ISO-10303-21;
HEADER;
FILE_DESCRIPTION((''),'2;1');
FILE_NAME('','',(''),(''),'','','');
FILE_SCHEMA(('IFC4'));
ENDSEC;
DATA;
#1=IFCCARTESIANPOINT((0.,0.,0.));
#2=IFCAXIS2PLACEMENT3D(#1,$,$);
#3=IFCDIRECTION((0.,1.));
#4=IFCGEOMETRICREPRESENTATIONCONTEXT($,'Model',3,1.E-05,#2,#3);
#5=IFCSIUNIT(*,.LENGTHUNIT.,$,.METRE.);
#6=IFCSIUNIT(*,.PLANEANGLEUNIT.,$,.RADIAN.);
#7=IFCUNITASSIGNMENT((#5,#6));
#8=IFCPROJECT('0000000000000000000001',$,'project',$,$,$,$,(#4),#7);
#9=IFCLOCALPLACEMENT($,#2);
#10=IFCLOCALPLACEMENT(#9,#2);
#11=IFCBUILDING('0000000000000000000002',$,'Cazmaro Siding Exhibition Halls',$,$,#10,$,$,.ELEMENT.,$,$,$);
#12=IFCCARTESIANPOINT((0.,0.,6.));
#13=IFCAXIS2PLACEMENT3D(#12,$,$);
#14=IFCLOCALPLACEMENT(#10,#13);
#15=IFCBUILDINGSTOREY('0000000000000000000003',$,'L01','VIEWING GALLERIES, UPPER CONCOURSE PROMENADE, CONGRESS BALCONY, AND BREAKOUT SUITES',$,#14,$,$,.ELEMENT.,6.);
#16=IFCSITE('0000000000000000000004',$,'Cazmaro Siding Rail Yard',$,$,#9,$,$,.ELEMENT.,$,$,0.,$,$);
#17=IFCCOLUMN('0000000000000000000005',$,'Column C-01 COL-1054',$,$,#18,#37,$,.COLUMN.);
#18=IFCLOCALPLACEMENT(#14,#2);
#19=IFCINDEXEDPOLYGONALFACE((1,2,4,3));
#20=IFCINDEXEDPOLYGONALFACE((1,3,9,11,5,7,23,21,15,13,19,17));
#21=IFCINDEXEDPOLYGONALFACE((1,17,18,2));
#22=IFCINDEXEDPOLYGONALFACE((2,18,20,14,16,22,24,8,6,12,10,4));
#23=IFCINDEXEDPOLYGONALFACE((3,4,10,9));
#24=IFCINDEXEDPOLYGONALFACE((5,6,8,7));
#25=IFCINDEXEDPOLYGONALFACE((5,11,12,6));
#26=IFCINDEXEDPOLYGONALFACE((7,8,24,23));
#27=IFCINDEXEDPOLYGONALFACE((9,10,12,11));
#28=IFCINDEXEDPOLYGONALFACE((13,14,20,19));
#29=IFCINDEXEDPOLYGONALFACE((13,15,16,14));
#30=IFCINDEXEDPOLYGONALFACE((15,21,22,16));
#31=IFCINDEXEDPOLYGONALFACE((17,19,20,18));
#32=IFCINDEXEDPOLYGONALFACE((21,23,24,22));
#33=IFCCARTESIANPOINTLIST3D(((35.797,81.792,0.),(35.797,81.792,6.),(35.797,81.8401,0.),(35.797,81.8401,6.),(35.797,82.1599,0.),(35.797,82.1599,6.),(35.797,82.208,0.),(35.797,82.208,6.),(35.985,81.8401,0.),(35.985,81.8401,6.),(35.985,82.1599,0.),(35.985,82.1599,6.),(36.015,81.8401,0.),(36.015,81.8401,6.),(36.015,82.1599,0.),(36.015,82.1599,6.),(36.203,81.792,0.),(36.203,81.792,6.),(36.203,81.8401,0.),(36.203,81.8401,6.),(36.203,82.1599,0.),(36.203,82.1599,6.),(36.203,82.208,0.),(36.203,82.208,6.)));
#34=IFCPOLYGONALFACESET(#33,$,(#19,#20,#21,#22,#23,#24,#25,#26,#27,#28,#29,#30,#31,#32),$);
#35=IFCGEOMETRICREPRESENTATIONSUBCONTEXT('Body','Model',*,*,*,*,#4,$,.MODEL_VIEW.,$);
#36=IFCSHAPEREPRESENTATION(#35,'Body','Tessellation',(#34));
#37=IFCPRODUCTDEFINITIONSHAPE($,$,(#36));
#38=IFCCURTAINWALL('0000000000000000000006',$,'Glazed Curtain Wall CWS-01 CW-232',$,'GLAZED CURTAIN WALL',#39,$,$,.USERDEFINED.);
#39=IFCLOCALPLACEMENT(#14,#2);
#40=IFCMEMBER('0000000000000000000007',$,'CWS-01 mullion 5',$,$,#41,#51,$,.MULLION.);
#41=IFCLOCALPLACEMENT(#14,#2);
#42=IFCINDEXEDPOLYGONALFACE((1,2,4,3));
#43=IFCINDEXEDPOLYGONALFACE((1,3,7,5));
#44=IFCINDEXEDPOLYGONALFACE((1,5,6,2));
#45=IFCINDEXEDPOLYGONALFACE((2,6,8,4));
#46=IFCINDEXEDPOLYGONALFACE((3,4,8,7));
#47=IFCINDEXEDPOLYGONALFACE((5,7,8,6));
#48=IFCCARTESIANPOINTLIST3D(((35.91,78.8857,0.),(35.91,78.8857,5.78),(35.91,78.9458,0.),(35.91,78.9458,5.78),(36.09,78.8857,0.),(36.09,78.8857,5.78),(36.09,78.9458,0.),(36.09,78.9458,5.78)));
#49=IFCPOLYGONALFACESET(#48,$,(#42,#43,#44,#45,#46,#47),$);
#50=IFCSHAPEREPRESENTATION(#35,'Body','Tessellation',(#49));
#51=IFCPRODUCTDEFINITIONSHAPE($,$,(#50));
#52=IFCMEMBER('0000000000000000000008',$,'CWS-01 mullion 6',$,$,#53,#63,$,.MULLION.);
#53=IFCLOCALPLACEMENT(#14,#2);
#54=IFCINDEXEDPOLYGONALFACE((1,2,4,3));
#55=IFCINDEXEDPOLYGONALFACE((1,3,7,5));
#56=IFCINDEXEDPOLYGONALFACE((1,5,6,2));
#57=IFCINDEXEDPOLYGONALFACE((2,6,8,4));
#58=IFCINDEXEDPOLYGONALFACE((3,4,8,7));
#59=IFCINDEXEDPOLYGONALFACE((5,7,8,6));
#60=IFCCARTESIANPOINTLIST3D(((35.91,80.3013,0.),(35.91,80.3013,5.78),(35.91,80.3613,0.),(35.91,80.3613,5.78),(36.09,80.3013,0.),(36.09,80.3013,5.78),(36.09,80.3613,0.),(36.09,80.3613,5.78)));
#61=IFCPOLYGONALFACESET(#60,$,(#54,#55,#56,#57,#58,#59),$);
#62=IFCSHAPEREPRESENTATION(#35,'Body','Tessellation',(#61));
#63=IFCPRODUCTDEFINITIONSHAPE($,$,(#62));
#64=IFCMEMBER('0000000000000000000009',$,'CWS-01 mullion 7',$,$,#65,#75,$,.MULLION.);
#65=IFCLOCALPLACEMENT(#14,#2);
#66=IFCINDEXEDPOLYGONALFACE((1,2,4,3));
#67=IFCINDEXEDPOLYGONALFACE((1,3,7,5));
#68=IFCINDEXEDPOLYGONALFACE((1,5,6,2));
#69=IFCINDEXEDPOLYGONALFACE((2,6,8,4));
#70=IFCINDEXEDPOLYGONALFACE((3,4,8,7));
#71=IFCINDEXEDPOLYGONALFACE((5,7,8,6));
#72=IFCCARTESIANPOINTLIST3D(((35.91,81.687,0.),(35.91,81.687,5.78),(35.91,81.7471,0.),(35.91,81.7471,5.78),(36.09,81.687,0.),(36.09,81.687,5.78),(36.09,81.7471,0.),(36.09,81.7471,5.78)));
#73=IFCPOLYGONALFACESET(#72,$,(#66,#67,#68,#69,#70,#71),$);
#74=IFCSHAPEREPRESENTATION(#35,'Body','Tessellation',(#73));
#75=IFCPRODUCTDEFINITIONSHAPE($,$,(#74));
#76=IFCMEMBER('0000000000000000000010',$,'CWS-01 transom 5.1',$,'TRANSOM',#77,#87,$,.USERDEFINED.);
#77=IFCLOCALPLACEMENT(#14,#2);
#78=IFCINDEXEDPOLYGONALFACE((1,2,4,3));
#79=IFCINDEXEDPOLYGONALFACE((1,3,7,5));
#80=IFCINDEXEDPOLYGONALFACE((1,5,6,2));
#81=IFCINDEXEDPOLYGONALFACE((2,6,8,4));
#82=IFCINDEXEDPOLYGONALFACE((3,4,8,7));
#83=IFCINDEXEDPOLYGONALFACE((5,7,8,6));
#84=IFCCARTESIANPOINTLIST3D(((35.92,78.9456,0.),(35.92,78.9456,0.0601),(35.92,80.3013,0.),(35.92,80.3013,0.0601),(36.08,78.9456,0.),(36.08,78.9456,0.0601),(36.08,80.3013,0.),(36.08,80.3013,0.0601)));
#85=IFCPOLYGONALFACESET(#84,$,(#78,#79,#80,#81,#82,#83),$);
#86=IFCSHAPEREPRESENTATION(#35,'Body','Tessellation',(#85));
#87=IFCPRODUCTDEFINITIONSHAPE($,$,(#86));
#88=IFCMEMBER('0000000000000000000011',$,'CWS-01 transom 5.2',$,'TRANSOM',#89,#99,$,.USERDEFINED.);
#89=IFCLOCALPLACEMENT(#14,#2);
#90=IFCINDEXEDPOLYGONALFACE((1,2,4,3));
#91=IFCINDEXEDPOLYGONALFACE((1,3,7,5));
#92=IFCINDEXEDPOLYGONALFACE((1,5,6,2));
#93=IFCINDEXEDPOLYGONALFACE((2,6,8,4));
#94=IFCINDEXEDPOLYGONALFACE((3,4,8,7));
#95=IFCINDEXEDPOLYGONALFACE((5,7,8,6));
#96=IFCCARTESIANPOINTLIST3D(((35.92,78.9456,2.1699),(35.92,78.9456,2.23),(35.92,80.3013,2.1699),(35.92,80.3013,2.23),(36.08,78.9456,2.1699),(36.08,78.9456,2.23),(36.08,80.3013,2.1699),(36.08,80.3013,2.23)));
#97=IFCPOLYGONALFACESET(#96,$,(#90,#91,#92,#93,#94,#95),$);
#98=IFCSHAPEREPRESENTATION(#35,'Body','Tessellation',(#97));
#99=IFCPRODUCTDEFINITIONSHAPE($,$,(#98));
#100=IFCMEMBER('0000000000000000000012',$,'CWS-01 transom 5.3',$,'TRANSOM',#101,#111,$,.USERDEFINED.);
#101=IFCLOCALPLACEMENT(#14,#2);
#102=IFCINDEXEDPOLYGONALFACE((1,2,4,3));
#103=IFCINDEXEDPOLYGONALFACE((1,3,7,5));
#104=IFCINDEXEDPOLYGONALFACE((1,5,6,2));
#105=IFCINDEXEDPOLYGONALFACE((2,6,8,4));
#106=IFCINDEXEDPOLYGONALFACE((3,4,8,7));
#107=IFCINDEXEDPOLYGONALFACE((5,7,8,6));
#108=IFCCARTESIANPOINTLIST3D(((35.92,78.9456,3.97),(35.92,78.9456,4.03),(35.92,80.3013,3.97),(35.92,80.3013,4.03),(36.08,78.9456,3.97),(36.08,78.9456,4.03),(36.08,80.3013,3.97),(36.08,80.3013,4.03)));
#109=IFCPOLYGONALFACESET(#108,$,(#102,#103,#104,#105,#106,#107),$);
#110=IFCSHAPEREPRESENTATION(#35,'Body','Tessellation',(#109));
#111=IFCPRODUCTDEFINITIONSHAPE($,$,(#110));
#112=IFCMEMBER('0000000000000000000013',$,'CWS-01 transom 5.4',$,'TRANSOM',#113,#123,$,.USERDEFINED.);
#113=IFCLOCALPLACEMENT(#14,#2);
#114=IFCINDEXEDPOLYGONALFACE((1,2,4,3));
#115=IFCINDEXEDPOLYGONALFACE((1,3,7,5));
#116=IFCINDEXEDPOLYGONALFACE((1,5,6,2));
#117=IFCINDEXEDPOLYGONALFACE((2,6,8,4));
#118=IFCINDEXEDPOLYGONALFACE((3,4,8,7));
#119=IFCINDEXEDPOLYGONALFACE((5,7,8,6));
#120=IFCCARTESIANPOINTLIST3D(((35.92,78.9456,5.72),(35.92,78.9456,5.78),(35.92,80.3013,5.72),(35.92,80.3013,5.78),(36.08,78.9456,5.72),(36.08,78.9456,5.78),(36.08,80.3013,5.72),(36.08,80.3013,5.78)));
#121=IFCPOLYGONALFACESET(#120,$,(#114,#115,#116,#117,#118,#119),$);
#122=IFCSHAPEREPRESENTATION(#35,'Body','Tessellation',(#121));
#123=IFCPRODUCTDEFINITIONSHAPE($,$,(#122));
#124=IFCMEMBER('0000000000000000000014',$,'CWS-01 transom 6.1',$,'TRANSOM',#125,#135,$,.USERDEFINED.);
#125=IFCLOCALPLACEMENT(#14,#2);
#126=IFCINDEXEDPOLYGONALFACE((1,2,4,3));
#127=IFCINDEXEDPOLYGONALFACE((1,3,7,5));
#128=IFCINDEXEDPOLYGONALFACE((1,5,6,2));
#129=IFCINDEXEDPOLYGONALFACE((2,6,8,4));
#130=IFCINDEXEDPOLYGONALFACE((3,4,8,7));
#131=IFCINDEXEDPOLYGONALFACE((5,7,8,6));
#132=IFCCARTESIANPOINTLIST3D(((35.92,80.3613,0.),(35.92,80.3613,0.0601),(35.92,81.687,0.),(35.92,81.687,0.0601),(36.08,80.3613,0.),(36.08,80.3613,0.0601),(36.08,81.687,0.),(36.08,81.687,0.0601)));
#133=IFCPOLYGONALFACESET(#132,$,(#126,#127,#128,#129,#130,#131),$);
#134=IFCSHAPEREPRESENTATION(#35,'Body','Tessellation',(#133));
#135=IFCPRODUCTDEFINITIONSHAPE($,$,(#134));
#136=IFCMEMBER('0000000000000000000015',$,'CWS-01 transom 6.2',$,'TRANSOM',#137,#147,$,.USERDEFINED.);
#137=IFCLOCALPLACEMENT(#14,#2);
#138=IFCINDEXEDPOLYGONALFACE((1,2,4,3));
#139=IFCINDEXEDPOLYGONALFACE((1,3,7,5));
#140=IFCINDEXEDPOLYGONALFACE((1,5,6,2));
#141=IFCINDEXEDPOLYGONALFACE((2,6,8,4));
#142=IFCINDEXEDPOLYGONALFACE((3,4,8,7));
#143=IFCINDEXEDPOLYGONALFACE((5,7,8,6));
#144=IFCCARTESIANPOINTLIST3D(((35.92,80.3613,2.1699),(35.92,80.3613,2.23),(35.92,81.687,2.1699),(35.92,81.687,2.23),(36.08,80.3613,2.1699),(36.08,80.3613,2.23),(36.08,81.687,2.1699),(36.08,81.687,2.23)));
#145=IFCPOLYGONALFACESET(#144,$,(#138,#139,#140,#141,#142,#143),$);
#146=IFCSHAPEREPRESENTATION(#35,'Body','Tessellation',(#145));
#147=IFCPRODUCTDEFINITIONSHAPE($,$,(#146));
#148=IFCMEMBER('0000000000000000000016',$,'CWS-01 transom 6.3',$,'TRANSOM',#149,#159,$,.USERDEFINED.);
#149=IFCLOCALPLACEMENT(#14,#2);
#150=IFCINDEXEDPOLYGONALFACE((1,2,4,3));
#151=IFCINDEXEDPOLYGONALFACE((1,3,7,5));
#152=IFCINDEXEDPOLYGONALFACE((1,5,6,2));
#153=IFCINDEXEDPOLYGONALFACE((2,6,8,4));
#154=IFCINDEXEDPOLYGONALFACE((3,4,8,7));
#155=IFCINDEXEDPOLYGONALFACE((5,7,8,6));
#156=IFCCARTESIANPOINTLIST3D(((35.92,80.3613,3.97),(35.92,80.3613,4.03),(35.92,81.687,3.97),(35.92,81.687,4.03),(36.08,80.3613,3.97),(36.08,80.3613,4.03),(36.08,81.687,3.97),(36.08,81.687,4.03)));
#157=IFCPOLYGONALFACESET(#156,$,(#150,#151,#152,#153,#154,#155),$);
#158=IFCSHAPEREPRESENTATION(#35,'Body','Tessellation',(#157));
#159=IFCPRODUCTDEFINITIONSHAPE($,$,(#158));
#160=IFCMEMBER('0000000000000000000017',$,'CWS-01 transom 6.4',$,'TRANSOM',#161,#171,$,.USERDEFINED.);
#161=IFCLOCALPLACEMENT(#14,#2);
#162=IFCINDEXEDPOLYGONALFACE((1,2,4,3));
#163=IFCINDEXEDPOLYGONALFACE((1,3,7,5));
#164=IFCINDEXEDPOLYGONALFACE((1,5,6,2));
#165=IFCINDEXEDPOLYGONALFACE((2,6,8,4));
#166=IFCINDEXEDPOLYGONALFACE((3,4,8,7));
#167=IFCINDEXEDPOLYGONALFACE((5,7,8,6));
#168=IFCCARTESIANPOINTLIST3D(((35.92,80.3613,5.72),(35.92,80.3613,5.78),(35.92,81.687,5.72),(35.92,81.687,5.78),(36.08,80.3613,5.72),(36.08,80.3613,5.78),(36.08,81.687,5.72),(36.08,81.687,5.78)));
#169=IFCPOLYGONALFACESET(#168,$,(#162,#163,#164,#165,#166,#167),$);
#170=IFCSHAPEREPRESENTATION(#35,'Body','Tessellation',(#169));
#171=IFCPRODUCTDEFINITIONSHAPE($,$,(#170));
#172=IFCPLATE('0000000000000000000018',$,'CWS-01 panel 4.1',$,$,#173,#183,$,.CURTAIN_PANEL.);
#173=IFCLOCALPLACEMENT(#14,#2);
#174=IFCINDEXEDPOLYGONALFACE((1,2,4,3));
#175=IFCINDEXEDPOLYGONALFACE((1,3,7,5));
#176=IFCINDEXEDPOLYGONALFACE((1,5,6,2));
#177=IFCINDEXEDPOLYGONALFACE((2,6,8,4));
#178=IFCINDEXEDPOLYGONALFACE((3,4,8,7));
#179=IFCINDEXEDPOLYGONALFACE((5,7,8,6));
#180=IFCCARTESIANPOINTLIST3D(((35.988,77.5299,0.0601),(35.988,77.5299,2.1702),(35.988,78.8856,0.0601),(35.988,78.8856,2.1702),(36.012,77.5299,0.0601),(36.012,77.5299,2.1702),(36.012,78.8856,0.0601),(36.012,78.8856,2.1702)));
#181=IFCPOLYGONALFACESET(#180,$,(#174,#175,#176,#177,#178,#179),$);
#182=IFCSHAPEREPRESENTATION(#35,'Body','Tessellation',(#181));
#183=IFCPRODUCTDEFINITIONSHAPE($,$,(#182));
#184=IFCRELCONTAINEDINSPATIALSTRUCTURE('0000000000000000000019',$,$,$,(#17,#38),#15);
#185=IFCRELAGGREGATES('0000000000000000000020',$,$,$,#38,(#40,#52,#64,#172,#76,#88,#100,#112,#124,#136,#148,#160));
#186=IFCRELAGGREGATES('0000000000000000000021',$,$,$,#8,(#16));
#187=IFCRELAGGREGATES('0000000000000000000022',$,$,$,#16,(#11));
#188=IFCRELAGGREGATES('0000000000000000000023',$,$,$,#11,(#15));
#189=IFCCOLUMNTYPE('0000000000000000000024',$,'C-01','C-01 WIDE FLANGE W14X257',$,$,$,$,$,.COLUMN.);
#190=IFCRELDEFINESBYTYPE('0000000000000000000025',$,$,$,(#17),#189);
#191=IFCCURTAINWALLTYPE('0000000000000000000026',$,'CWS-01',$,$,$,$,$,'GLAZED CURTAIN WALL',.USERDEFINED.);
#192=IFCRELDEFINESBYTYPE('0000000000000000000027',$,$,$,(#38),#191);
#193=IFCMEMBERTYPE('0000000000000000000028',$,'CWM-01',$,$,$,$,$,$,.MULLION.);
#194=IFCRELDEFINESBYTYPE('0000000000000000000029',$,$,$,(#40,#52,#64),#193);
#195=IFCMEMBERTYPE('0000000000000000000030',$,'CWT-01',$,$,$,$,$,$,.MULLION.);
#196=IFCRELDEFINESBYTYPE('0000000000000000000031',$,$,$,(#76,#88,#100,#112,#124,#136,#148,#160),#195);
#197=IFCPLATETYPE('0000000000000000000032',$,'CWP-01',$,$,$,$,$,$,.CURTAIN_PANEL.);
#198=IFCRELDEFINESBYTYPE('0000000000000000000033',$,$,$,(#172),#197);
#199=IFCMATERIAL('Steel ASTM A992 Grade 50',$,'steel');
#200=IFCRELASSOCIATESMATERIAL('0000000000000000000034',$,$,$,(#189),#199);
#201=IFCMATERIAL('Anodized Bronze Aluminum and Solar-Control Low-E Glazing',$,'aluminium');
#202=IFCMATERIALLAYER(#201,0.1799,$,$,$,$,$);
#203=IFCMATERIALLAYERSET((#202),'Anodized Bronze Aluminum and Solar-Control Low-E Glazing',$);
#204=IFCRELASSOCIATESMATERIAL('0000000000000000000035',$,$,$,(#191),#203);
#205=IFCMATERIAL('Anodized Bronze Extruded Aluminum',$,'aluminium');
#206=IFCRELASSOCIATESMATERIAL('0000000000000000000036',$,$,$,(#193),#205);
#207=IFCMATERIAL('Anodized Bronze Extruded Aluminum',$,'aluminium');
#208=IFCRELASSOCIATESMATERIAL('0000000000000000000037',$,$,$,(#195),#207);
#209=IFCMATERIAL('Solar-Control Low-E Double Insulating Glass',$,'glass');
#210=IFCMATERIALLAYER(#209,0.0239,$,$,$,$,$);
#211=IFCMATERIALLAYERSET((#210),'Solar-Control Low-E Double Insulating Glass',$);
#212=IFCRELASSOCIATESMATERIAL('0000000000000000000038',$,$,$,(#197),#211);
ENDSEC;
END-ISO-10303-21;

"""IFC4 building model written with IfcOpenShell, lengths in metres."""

from ifc_helpers import new_model, si_unit, direction, frame, origin, origin_2d, place, context, subcontext, project, spatial, rectangle, i_section, extrude, material, layer, layer_set, material_profile, profile_set, type_object, element, aggregate, save


model = new_model("IFC4")

# Units and contexts
model_context = context("Model", 3, precision=1e-05, world=origin(), true_north=direction((0.0, 1.0)))
body_context = subcontext(model_context, "Body", "Model", "MODEL_VIEW")
ifc_project = project(units=[si_unit("LENGTHUNIT", "METRE"), si_unit("PLANEANGLEUNIT", "RADIAN")], contexts=[model_context])

# Site, building, storey
site_placement = place(None, origin())
site = spatial("IfcSite", under=ifc_project, at=site_placement, Name="Cazmaro Siding Rail Yard", CompositionType="ELEMENT", RefElevation=0.0)
building_placement = place(site_placement, origin())
building = spatial("IfcBuilding", under=site, at=building_placement, Name="Cazmaro Siding Exhibition Halls", CompositionType="ELEMENT")
storey_placement = place(building_placement, frame((0.0, 0.0, 6.0)))
storey = spatial("IfcBuildingStorey", under=building, at=storey_placement, Name="L01", Description="VIEWING GALLERIES, UPPER CONCOURSE PROMENADE, CONGRESS BALCONY, AND BREAKOUT SUITES", CompositionType="ELEMENT", Elevation=6.0)

# Column
ifc_material_1 = material(Name="Steel ASTM A992 Grade 50", Category="steel")
ifc_material_profile_1 = material_profile(ifc_material_1, i_section(OverallWidth=0.406, OverallDepth=0.416, WebThickness=0.03, FlangeThickness=0.0481, at=origin_2d()), Name="W14X257")
ifc_profile_set_1 = profile_set([ifc_material_profile_1], Name="Steel ASTM A992 Grade 50")
column_type = type_object("IfcColumnType", Name="C-01", Description="C-01 WIDE FLANGE W14X257", PredefinedType="COLUMN", material=ifc_profile_set_1)
column_placement = place(storey_placement, frame((36.0, 82.0, 0.0), z_axis=(0.0, 0.0, 1.0), x_axis=(1.0, 0.0, 0.0)))
element("IfcColumn", 1, at=column_placement, inside=storey, type_object=column_type, Name="Column C-01 COL-1054", PredefinedType="COLUMN", context=body_context, shape_type="SweptSolid", body=[
    extrude(i_section(OverallWidth=0.406, OverallDepth=0.416, WebThickness=0.03, FlangeThickness=0.0481, at=origin_2d()), origin(), (0.0, 0.0, 1.0), 6.0),
])

# Curtain wall, members, plate
ifc_material_2 = material(Name="Anodized Bronze Aluminum and Solar-Control Low-E Glazing", Category="aluminium")
ifc_layer_1 = layer(ifc_material_2, 0.1799)
ifc_layer_set_1 = layer_set([ifc_layer_1], Name="Anodized Bronze Aluminum and Solar-Control Low-E Glazing")
curtain_wall_type = type_object("IfcCurtainWallType", Name="CWS-01", ElementType="GLAZED CURTAIN WALL", PredefinedType="USERDEFINED", material=ifc_layer_set_1)
curtain_wall_placement = place(storey_placement, origin())
curtain_wall = element("IfcCurtainWall", 2, at=curtain_wall_placement, inside=storey, type_object=curtain_wall_type, Name="Glazed Curtain Wall CWS-01 CW-232", ObjectType="GLAZED CURTAIN WALL", PredefinedType="USERDEFINED")
ifc_material_3 = material(Name="Anodized Bronze Extruded Aluminum", Category="aluminium")
ifc_material_profile_2 = material_profile(ifc_material_3, rectangle(XDim=0.1799, YDim=0.0601, at=origin_2d()), Name="CWM-01")
ifc_profile_set_2 = profile_set([ifc_material_profile_2], Name="Anodized Bronze Extruded Aluminum")
member_type_1 = type_object("IfcMemberType", Name="CWM-01", PredefinedType="MULLION", material=ifc_profile_set_2)
member_1_placement = place(storey_placement, frame((36.0, 78.9158, 0.0), z_axis=(0.0, 0.0, 1.0), x_axis=(-1.0, 0.0, 0.0)))
member_1 = element("IfcMember", 3, at=member_1_placement, type_object=member_type_1, Name="CWS-01 mullion 5", PredefinedType="MULLION", context=body_context, shape_type="SweptSolid", body=[
    extrude(rectangle(XDim=0.1799, YDim=0.0601, at=origin_2d()), origin(), (0.0, 0.0, 1.0), 5.78),
])
member_2_placement = place(storey_placement, frame((36.0, 80.3313, 0.0), z_axis=(0.0, 0.0, 1.0), x_axis=(-1.0, 0.0, 0.0)))
member_2 = element("IfcMember", 4, at=member_2_placement, type_object=member_type_1, Name="CWS-01 mullion 6", PredefinedType="MULLION", context=body_context, shape_type="SweptSolid", body=[
    extrude(rectangle(XDim=0.1799, YDim=0.0601, at=origin_2d()), origin(), (0.0, 0.0, 1.0), 5.78),
])
member_3_placement = place(storey_placement, frame((36.0, 81.717, 0.0), z_axis=(0.0, 0.0, 1.0), x_axis=(-1.0, 0.0, 0.0)))
member_3 = element("IfcMember", 5, at=member_3_placement, type_object=member_type_1, Name="CWS-01 mullion 7", PredefinedType="MULLION", context=body_context, shape_type="SweptSolid", body=[
    extrude(rectangle(XDim=0.1799, YDim=0.0601, at=origin_2d()), origin(), (0.0, 0.0, 1.0), 5.78),
])
ifc_material_4 = material(Name="Anodized Bronze Extruded Aluminum", Category="aluminium")
ifc_material_profile_3 = material_profile(ifc_material_4, rectangle(XDim=0.1599, YDim=0.0601, at=origin_2d()), Name="CWT-01")
ifc_profile_set_3 = profile_set([ifc_material_profile_3], Name="Anodized Bronze Extruded Aluminum")
member_type_2 = type_object("IfcMemberType", Name="CWT-01", PredefinedType="MULLION", material=ifc_profile_set_3)
member_4_placement = place(storey_placement, frame((36.0, 78.9456, 0.03), z_axis=(0.0, 1.0, 0.0), x_axis=(-1.0, 0.0, 0.0)))
member_4 = element("IfcMember", 6, at=member_4_placement, type_object=member_type_2, Name="CWS-01 transom 5.1", ObjectType="TRANSOM", PredefinedType="USERDEFINED", context=body_context, shape_type="SweptSolid", body=[
    extrude(rectangle(XDim=0.1599, YDim=0.0601, at=origin_2d()), origin(), (0.0, 0.0, 1.0), 1.3557),
])
member_5_placement = place(storey_placement, frame((36.0, 78.9456, 2.2), z_axis=(0.0, 1.0, 0.0), x_axis=(-1.0, 0.0, 0.0)))
member_5 = element("IfcMember", 7, at=member_5_placement, type_object=member_type_2, Name="CWS-01 transom 5.2", ObjectType="TRANSOM", PredefinedType="USERDEFINED", context=body_context, shape_type="SweptSolid", body=[
    extrude(rectangle(XDim=0.1599, YDim=0.0601, at=origin_2d()), origin(), (0.0, 0.0, 1.0), 1.3557),
])
member_6_placement = place(storey_placement, frame((36.0, 78.9456, 4.0), z_axis=(0.0, 1.0, 0.0), x_axis=(-1.0, 0.0, 0.0)))
member_6 = element("IfcMember", 8, at=member_6_placement, type_object=member_type_2, Name="CWS-01 transom 5.3", ObjectType="TRANSOM", PredefinedType="USERDEFINED", context=body_context, shape_type="SweptSolid", body=[
    extrude(rectangle(XDim=0.1599, YDim=0.0601, at=origin_2d()), origin(), (0.0, 0.0, 1.0), 1.3557),
])
member_7_placement = place(storey_placement, frame((36.0, 78.9456, 5.75), z_axis=(0.0, 1.0, 0.0), x_axis=(-1.0, 0.0, 0.0)))
member_7 = element("IfcMember", 9, at=member_7_placement, type_object=member_type_2, Name="CWS-01 transom 5.4", ObjectType="TRANSOM", PredefinedType="USERDEFINED", context=body_context, shape_type="SweptSolid", body=[
    extrude(rectangle(XDim=0.1599, YDim=0.0601, at=origin_2d()), origin(), (0.0, 0.0, 1.0), 1.3557),
])
member_8_placement = place(storey_placement, frame((36.0, 80.3613, 0.03), z_axis=(0.0, 1.0, 0.0), x_axis=(-1.0, 0.0, 0.0)))
member_8 = element("IfcMember", 10, at=member_8_placement, type_object=member_type_2, Name="CWS-01 transom 6.1", ObjectType="TRANSOM", PredefinedType="USERDEFINED", context=body_context, shape_type="SweptSolid", body=[
    extrude(rectangle(XDim=0.1599, YDim=0.0601, at=origin_2d()), origin(), (0.0, 0.0, 1.0), 1.3257),
])
member_9_placement = place(storey_placement, frame((36.0, 80.3613, 2.2), z_axis=(0.0, 1.0, 0.0), x_axis=(-1.0, 0.0, 0.0)))
member_9 = element("IfcMember", 11, at=member_9_placement, type_object=member_type_2, Name="CWS-01 transom 6.2", ObjectType="TRANSOM", PredefinedType="USERDEFINED", context=body_context, shape_type="SweptSolid", body=[
    extrude(rectangle(XDim=0.1599, YDim=0.0601, at=origin_2d()), origin(), (0.0, 0.0, 1.0), 1.3257),
])
member_10_placement = place(storey_placement, frame((36.0, 80.3613, 4.0), z_axis=(0.0, 1.0, 0.0), x_axis=(-1.0, 0.0, 0.0)))
member_10 = element("IfcMember", 12, at=member_10_placement, type_object=member_type_2, Name="CWS-01 transom 6.3", ObjectType="TRANSOM", PredefinedType="USERDEFINED", context=body_context, shape_type="SweptSolid", body=[
    extrude(rectangle(XDim=0.1599, YDim=0.0601, at=origin_2d()), origin(), (0.0, 0.0, 1.0), 1.3257),
])
member_11_placement = place(storey_placement, frame((36.0, 80.3613, 5.75), z_axis=(0.0, 1.0, 0.0), x_axis=(-1.0, 0.0, 0.0)))
member_11 = element("IfcMember", 13, at=member_11_placement, type_object=member_type_2, Name="CWS-01 transom 6.4", ObjectType="TRANSOM", PredefinedType="USERDEFINED", context=body_context, shape_type="SweptSolid", body=[
    extrude(rectangle(XDim=0.1599, YDim=0.0601, at=origin_2d()), origin(), (0.0, 0.0, 1.0), 1.3257),
])
ifc_material_5 = material(Name="Solar-Control Low-E Double Insulating Glass", Category="glass")
ifc_layer_2 = layer(ifc_material_5, 0.0239)
ifc_layer_set_2 = layer_set([ifc_layer_2], Name="Solar-Control Low-E Double Insulating Glass")
plate_type = type_object("IfcPlateType", Name="CWP-01", PredefinedType="CURTAIN_PANEL", material=ifc_layer_set_2)
plate_1_placement = place(storey_placement, frame((36.0, 78.2078, 0.0601), z_axis=(0.0, 0.0, 1.0), x_axis=(0.0, 1.0, 0.0)))
plate_1 = element("IfcPlate", 14, at=plate_1_placement, type_object=plate_type, Name="CWS-01 panel 4.1", PredefinedType="CURTAIN_PANEL", context=body_context, shape_type="SweptSolid", body=[
    extrude(rectangle(XDim=1.3557, YDim=0.0239, at=origin_2d()), origin(), (0.0, 0.0, 1.0), 2.1101),
])
aggregate(curtain_wall, [member_1, member_2, member_3, plate_1, member_4, member_5, member_6, member_7, member_8, member_9, member_10, member_11])

save(model, "model.ifc")
